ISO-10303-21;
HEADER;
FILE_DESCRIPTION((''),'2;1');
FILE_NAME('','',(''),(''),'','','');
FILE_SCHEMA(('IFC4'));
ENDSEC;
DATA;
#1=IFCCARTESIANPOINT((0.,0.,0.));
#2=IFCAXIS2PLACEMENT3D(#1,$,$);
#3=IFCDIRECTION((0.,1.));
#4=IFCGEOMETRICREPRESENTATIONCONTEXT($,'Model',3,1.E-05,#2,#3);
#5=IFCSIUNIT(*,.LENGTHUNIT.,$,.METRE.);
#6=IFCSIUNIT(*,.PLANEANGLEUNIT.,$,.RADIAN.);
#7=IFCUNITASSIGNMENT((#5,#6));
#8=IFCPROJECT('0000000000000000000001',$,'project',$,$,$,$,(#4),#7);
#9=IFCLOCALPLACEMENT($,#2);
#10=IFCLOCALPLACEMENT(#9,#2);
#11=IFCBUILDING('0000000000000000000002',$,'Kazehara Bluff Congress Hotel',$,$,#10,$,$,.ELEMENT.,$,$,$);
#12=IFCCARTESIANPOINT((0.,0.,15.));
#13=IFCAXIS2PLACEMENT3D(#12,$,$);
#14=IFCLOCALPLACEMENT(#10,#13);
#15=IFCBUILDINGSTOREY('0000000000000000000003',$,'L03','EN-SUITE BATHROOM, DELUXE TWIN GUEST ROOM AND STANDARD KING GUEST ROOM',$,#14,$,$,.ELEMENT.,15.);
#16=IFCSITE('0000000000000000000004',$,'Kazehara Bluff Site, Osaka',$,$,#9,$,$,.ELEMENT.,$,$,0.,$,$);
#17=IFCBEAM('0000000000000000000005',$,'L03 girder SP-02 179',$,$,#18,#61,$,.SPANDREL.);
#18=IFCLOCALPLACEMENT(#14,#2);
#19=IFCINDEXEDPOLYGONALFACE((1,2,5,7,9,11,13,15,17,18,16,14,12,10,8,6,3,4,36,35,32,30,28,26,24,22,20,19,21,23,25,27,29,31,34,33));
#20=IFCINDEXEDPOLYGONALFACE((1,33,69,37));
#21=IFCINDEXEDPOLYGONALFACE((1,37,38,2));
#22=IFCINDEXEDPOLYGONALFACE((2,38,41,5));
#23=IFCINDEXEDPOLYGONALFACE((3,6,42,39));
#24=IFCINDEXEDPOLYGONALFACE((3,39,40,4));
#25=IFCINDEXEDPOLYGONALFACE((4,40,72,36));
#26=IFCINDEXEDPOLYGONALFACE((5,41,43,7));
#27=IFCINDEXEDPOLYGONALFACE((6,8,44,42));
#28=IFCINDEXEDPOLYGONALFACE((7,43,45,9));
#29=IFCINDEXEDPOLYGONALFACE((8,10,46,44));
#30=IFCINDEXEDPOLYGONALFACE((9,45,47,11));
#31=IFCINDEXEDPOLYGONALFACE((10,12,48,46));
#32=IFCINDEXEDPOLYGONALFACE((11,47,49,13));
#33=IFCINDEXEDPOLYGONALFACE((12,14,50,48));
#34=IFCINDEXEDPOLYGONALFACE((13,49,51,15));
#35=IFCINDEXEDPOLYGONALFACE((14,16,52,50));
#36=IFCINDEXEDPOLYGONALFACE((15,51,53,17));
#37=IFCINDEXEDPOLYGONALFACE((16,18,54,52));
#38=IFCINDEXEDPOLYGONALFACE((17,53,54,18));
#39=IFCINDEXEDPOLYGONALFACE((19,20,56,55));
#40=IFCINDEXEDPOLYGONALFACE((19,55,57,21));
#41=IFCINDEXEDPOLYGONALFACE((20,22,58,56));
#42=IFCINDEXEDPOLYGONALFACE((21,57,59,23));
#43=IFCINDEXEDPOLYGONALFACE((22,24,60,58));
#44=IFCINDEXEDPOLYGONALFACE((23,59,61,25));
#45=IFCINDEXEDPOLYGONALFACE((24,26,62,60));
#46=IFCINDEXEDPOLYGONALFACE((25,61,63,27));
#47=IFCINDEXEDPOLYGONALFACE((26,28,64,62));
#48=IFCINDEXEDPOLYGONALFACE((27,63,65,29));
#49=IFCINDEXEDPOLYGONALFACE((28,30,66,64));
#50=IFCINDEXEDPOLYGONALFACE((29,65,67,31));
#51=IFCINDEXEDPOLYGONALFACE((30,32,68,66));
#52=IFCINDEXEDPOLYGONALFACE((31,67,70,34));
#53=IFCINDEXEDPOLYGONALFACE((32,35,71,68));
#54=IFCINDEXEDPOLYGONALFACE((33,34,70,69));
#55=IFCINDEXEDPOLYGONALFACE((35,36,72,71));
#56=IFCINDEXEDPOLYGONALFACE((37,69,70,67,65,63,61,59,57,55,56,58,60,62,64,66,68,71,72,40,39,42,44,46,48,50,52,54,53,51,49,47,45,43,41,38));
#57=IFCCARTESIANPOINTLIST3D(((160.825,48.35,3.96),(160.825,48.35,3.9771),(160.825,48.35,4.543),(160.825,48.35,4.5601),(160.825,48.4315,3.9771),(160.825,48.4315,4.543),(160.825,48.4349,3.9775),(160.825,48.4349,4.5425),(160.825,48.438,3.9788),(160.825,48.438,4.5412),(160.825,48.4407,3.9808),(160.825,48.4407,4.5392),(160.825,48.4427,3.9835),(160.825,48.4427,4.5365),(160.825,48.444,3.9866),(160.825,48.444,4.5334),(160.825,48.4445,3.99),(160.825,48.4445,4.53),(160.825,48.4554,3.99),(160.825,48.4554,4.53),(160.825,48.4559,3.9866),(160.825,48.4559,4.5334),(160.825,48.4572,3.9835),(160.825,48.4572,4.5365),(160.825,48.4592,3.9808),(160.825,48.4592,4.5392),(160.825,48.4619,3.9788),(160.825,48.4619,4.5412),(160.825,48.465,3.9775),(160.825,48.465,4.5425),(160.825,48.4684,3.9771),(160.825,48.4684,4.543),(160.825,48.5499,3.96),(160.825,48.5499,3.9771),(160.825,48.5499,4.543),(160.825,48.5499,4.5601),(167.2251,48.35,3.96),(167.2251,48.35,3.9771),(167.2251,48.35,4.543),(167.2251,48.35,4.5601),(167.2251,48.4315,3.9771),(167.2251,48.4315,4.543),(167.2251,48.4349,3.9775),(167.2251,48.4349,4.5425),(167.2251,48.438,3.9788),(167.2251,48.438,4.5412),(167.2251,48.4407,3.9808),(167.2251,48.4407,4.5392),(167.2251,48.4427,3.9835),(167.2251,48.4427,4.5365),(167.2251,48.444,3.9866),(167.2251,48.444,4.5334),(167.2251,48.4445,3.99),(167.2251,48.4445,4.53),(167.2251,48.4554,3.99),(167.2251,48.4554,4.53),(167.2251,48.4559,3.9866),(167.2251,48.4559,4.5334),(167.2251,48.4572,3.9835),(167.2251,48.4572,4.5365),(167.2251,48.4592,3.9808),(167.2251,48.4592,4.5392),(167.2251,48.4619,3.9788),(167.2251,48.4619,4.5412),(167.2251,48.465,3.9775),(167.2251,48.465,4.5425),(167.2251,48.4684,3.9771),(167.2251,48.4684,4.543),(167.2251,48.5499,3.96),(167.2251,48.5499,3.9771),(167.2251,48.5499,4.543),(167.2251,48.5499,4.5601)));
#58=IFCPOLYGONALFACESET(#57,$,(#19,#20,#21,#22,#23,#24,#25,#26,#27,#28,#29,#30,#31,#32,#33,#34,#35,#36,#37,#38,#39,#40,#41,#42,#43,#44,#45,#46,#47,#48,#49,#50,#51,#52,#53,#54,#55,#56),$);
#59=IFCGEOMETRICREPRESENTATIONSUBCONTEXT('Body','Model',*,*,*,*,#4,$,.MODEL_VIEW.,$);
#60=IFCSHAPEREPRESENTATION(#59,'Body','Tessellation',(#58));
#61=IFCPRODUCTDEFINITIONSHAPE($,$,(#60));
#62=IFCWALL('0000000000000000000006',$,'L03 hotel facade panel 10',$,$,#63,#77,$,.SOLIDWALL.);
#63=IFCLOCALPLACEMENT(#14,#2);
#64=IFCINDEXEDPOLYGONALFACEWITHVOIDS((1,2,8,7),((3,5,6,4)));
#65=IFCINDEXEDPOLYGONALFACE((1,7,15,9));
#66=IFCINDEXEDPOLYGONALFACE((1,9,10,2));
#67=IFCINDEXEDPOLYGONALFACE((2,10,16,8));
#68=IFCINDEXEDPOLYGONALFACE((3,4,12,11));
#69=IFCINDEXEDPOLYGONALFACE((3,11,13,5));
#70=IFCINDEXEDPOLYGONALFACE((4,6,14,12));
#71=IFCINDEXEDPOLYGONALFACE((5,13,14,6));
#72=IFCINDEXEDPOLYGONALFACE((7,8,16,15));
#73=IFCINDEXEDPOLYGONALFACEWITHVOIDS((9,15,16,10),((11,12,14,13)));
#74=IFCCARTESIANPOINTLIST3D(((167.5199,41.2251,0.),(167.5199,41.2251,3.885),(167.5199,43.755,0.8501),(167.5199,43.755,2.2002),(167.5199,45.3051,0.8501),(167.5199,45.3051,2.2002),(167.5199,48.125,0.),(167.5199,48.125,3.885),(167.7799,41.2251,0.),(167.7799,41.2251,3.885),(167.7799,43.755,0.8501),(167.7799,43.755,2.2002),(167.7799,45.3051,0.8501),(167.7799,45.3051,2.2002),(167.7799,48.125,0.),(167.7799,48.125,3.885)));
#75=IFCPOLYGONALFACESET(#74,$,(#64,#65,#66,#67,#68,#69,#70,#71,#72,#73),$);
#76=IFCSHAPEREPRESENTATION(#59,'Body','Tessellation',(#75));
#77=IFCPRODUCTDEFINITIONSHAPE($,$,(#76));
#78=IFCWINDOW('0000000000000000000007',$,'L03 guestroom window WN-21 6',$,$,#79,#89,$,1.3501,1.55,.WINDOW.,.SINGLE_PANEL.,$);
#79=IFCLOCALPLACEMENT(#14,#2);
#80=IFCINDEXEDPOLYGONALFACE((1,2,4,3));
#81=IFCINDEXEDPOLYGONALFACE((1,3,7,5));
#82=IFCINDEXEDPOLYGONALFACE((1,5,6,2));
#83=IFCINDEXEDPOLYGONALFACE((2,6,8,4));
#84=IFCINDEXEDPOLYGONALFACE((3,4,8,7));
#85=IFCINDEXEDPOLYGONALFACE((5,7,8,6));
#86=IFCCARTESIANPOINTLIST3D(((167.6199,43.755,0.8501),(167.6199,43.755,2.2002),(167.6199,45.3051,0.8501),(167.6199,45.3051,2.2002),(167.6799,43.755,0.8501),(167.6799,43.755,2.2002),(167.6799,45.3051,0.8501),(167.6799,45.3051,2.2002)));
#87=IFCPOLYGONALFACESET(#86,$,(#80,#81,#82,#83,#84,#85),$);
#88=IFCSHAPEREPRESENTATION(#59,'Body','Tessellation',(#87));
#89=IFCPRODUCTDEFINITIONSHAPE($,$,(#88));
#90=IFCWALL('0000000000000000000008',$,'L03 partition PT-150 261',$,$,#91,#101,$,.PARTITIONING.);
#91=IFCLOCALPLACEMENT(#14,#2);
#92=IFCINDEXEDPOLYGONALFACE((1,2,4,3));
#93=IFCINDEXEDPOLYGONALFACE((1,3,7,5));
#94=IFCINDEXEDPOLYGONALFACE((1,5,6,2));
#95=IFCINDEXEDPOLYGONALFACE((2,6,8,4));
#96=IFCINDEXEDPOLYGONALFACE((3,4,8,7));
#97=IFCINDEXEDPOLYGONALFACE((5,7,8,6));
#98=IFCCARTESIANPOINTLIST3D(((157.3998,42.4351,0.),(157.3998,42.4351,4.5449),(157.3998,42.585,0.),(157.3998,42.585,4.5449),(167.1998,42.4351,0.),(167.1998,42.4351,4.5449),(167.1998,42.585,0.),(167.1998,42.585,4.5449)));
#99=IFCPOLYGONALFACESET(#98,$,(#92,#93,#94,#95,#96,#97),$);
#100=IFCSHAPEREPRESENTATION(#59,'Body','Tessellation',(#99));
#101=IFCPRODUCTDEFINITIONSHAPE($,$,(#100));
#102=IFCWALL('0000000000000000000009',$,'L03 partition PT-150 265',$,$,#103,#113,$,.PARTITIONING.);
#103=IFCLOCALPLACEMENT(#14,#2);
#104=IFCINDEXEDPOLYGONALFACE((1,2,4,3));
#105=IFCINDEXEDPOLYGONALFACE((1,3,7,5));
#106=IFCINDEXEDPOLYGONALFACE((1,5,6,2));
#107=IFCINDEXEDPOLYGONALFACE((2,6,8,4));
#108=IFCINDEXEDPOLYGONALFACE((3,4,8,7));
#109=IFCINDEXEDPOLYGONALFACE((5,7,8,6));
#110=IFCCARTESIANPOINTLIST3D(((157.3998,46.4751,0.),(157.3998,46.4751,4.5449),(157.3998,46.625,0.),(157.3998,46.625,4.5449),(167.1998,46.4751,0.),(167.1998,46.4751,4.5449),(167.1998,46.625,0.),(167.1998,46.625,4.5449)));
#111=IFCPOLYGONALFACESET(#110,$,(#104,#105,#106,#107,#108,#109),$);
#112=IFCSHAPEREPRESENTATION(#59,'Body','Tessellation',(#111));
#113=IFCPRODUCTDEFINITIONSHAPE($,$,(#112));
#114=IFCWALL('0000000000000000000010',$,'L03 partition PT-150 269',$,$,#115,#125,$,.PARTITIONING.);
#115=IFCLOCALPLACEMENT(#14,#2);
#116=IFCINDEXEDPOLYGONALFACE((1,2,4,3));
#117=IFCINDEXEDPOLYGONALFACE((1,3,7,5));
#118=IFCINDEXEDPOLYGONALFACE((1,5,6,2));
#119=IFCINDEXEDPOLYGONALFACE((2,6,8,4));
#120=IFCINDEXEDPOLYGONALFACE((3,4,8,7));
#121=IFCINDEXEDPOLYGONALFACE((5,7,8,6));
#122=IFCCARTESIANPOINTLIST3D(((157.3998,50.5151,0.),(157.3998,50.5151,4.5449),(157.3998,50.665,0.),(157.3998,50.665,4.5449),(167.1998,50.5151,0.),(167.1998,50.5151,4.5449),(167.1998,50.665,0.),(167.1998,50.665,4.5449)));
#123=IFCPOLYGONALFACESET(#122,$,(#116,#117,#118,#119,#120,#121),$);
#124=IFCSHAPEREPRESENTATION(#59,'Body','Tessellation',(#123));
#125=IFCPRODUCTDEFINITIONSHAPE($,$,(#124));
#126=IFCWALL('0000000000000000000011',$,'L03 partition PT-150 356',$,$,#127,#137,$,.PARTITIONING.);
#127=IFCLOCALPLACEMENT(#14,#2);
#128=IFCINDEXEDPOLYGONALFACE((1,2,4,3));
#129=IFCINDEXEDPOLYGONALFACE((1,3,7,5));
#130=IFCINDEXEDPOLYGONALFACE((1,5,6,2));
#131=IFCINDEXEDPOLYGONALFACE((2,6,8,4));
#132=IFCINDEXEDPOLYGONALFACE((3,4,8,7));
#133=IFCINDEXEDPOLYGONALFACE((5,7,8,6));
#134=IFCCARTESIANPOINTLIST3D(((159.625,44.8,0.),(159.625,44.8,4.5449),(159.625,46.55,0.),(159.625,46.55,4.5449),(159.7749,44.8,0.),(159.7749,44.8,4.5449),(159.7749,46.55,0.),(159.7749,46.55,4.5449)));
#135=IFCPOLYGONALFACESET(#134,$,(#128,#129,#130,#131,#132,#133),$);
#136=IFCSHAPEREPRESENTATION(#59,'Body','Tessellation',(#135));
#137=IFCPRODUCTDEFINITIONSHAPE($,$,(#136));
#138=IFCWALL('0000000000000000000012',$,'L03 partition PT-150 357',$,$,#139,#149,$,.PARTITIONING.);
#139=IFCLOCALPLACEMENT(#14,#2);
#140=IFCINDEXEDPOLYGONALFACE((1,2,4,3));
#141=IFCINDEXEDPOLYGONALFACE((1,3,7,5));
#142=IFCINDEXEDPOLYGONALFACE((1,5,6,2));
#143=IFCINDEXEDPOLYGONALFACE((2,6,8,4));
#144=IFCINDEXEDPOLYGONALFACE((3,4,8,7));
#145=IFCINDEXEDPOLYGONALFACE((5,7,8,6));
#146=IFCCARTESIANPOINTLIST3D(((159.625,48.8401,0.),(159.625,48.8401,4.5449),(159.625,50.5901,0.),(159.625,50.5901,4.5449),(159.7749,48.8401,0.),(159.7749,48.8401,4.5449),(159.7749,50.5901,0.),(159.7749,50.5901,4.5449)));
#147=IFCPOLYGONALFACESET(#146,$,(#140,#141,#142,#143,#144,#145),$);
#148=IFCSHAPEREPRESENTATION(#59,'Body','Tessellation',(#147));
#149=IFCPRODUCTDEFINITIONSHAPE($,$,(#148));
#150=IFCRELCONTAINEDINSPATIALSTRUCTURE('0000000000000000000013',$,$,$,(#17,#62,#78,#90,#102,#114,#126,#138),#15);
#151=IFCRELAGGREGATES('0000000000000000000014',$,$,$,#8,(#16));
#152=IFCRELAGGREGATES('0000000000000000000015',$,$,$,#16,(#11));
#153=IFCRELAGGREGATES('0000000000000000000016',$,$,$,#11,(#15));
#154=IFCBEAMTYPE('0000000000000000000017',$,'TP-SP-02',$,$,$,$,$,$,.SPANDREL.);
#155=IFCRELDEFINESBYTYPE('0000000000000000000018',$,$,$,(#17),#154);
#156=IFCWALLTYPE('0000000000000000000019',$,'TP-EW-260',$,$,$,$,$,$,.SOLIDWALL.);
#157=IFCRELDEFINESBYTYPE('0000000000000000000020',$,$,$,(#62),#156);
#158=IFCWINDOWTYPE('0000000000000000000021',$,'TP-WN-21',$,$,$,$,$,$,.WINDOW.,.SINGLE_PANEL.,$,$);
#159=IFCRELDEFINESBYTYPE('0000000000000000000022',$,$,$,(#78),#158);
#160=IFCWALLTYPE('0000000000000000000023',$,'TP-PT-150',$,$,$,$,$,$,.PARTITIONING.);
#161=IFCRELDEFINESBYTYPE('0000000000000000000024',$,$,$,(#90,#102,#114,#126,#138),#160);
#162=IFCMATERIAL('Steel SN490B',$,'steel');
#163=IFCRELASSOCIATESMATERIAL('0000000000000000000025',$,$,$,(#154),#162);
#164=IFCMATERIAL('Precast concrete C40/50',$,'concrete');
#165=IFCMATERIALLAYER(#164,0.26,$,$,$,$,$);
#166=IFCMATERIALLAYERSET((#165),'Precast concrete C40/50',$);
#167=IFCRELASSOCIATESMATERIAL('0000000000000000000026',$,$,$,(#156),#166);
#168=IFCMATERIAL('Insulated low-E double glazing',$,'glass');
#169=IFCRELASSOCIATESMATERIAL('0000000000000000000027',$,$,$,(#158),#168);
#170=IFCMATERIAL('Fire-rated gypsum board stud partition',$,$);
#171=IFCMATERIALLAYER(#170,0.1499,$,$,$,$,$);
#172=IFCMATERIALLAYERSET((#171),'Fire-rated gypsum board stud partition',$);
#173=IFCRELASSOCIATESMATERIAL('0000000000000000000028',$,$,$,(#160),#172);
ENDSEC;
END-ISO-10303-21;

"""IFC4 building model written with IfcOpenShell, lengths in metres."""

from ifc_helpers import new_model, si_unit, direction, frame, frame_2d, origin, origin_2d, place, context, subcontext, project, spatial, rectangle, i_section, extrude, material, layer, layer_set, material_profile, profile_set, type_object, element, fill, save


model = new_model("IFC4")

# Units and contexts
model_context = context("Model", 3, precision=1e-05, world=origin(), true_north=direction((0.0, 1.0)))
body_context = subcontext(model_context, "Body", "Model", "MODEL_VIEW")
ifc_project = project(units=[si_unit("LENGTHUNIT", "METRE"), si_unit("PLANEANGLEUNIT", "RADIAN")], contexts=[model_context])

# Site, building, storey
site_placement = place(None, origin())
site = spatial("IfcSite", under=ifc_project, at=site_placement, Name="Kazehara Bluff Site, Osaka", CompositionType="ELEMENT", RefElevation=0.0)
building_placement = place(site_placement, origin())
building = spatial("IfcBuilding", under=site, at=building_placement, Name="Kazehara Bluff Congress Hotel", CompositionType="ELEMENT")
storey_placement = place(building_placement, frame((0.0, 0.0, 15.0)))
storey = spatial("IfcBuildingStorey", under=building, at=storey_placement, Name="L03", Description="EN-SUITE BATHROOM, DELUXE TWIN GUEST ROOM AND STANDARD KING GUEST ROOM", CompositionType="ELEMENT", Elevation=15.0)

# Beam
ifc_material_1 = material(Name="Steel SN490B", Category="steel")
ifc_material_profile_1 = material_profile(ifc_material_1, i_section(OverallWidth=0.2, OverallDepth=0.6001, WebThickness=0.011, FlangeThickness=0.0171, FilletRadius=0.0129, at=origin_2d()))
ifc_profile_set_1 = profile_set([ifc_material_profile_1], Name="Steel SN490B")
beam_type_1 = type_object("IfcBeamType", Name="TP-SP-02", PredefinedType="SPANDREL", material=ifc_profile_set_1)
beam_1_placement = place(storey_placement, frame((160.825, 48.45, 4.26), z_axis=(1.0, 0.0, 0.0), x_axis=(0.0, 1.0, 0.0)))
element("IfcBeam", 1, at=beam_1_placement, inside=storey, type_object=beam_type_1, Name="L03 girder SP-02 179", PredefinedType="SPANDREL", context=body_context, shape_type="SweptSolid", body=[
    extrude(i_section(OverallWidth=0.2, OverallDepth=0.6001, WebThickness=0.011, FlangeThickness=0.0171, FilletRadius=0.0129, at=origin_2d()), origin(), (0.0, 0.0, 1.0), 6.4001),
])

# Wall, opening, window
ifc_material_2 = material(Name="Precast concrete C40/50", Category="concrete")
ifc_layer_1 = layer(ifc_material_2, 0.26)
ifc_layer_set_1 = layer_set([ifc_layer_1], Name="Precast concrete C40/50")
wall_type_1 = type_object("IfcWallType", Name="TP-EW-260", PredefinedType="SOLIDWALL", material=ifc_layer_set_1)
wall_1_placement = place(storey_placement, frame((167.6499, 48.125, 0.0), z_axis=(0.0, 0.0, 1.0), x_axis=(0.0, -1.0, 0.0)))
wall_1 = element("IfcWall", 2, at=wall_1_placement, inside=storey, type_object=wall_type_1, Name="L03 hotel facade panel 10", PredefinedType="SOLIDWALL", context=body_context, shape_type="SweptSolid", body=[
    extrude(rectangle(XDim=6.8999, YDim=0.26, at=frame_2d((3.45, 0.0))), origin(), (0.0, 0.0, 1.0), 3.885),
])
opening_1_placement = place(wall_1_placement, frame((2.8201, 0.0, 0.8501)))
opening_1 = element("IfcOpeningElement", 3, at=opening_1_placement, cuts=wall_1, PredefinedType="OPENING", context=body_context, shape_type="SweptSolid", body=[
    extrude(rectangle(XDim=1.55, YDim=1.3501, at=frame_2d((0.7749, 0.675))), frame((0.0, 0.1399, 0.0), z_axis=(0.0, -1.0, 0.0), x_axis=(1.0, 0.0, 0.0)), (0.0, 0.0, 1.0), 0.28),
])
ifc_material_3 = material(Name="Insulated low-E double glazing", Category="glass")
window_type = type_object("IfcWindowType", Name="TP-WN-21", PartitioningType="SINGLE_PANEL", PredefinedType="WINDOW", material=ifc_material_3)
window_placement = place(opening_1_placement, origin())
window = element("IfcWindow", 4, at=window_placement, inside=storey, type_object=window_type, Name="L03 guestroom window WN-21 6", OverallHeight=1.3501, OverallWidth=1.55, PartitioningType="SINGLE_PANEL", PredefinedType="WINDOW", context=body_context, shape_type="SweptSolid", body=[
    extrude(rectangle(XDim=1.55, YDim=1.3501, at=frame_2d((0.7749, 0.675))), frame((0.0, 0.03, 0.0), z_axis=(0.0, -1.0, 0.0), x_axis=(1.0, 0.0, 0.0)), (0.0, 0.0, 1.0), 0.0601),
])
fill(opening_1, window)

# Wall
ifc_material_4 = material(Name="Fire-rated gypsum board stud partition")
ifc_layer_2 = layer(ifc_material_4, 0.1499)
ifc_layer_set_2 = layer_set([ifc_layer_2], Name="Fire-rated gypsum board stud partition")
wall_type_2 = type_object("IfcWallType", Name="TP-PT-150", PredefinedType="PARTITIONING", material=ifc_layer_set_2)
wall_2_placement = place(storey_placement, frame((157.3999, 42.51, 0.0), z_axis=(0.0, 0.0, 1.0), x_axis=(1.0, 0.0, 0.0)))
element("IfcWall", 5, at=wall_2_placement, inside=storey, type_object=wall_type_2, Name="L03 partition PT-150 261", PredefinedType="PARTITIONING", context=body_context, shape_type="SweptSolid", body=[
    extrude(rectangle(XDim=9.8, YDim=0.1499, at=frame_2d((4.8999, 0.0))), origin(), (0.0, 0.0, 1.0), 4.5449),
])

# Wall
wall_3_placement = place(storey_placement, frame((157.3999, 46.55, 0.0), z_axis=(0.0, 0.0, 1.0), x_axis=(1.0, 0.0, 0.0)))
element("IfcWall", 6, at=wall_3_placement, inside=storey, type_object=wall_type_2, Name="L03 partition PT-150 265", PredefinedType="PARTITIONING", context=body_context, shape_type="SweptSolid", body=[
    extrude(rectangle(XDim=9.8, YDim=0.1499, at=frame_2d((4.8999, 0.0))), origin(), (0.0, 0.0, 1.0), 4.5449),
])

# Walls
wall_4_placement = place(storey_placement, frame((157.3999, 50.5901, 0.0), z_axis=(0.0, 0.0, 1.0), x_axis=(1.0, 0.0, 0.0)))
element("IfcWall", 7, at=wall_4_placement, inside=storey, type_object=wall_type_2, Name="L03 partition PT-150 269", PredefinedType="PARTITIONING", context=body_context, shape_type="SweptSolid", body=[
    extrude(rectangle(XDim=9.8, YDim=0.1499, at=frame_2d((4.8999, 0.0))), origin(), (0.0, 0.0, 1.0), 4.5449),
])
for number, where, z_axis, x_axis, name in (
    (8, (159.7, 44.8, 0.0), (0.0, 0.0, 1.0), (0.0, 1.0, 0.0), "L03 partition PT-150 356"),
    (9, (159.7, 48.8401, 0.0), (0.0, 0.0, 1.0), (0.0, 1.0, 0.0), "L03 partition PT-150 357"),
):
    element("IfcWall", number, at=place(storey_placement, frame(where, z_axis=z_axis, x_axis=x_axis)), inside=storey, type_object=wall_type_2, Name=name, PredefinedType="PARTITIONING", context=body_context, shape_type="SweptSolid", body=[
        extrude(rectangle(XDim=1.75, YDim=0.1499, at=frame_2d((0.875, 0.0))), origin(), (0.0, 0.0, 1.0), 4.5449),
    ])

save(model, "model.ifc")
